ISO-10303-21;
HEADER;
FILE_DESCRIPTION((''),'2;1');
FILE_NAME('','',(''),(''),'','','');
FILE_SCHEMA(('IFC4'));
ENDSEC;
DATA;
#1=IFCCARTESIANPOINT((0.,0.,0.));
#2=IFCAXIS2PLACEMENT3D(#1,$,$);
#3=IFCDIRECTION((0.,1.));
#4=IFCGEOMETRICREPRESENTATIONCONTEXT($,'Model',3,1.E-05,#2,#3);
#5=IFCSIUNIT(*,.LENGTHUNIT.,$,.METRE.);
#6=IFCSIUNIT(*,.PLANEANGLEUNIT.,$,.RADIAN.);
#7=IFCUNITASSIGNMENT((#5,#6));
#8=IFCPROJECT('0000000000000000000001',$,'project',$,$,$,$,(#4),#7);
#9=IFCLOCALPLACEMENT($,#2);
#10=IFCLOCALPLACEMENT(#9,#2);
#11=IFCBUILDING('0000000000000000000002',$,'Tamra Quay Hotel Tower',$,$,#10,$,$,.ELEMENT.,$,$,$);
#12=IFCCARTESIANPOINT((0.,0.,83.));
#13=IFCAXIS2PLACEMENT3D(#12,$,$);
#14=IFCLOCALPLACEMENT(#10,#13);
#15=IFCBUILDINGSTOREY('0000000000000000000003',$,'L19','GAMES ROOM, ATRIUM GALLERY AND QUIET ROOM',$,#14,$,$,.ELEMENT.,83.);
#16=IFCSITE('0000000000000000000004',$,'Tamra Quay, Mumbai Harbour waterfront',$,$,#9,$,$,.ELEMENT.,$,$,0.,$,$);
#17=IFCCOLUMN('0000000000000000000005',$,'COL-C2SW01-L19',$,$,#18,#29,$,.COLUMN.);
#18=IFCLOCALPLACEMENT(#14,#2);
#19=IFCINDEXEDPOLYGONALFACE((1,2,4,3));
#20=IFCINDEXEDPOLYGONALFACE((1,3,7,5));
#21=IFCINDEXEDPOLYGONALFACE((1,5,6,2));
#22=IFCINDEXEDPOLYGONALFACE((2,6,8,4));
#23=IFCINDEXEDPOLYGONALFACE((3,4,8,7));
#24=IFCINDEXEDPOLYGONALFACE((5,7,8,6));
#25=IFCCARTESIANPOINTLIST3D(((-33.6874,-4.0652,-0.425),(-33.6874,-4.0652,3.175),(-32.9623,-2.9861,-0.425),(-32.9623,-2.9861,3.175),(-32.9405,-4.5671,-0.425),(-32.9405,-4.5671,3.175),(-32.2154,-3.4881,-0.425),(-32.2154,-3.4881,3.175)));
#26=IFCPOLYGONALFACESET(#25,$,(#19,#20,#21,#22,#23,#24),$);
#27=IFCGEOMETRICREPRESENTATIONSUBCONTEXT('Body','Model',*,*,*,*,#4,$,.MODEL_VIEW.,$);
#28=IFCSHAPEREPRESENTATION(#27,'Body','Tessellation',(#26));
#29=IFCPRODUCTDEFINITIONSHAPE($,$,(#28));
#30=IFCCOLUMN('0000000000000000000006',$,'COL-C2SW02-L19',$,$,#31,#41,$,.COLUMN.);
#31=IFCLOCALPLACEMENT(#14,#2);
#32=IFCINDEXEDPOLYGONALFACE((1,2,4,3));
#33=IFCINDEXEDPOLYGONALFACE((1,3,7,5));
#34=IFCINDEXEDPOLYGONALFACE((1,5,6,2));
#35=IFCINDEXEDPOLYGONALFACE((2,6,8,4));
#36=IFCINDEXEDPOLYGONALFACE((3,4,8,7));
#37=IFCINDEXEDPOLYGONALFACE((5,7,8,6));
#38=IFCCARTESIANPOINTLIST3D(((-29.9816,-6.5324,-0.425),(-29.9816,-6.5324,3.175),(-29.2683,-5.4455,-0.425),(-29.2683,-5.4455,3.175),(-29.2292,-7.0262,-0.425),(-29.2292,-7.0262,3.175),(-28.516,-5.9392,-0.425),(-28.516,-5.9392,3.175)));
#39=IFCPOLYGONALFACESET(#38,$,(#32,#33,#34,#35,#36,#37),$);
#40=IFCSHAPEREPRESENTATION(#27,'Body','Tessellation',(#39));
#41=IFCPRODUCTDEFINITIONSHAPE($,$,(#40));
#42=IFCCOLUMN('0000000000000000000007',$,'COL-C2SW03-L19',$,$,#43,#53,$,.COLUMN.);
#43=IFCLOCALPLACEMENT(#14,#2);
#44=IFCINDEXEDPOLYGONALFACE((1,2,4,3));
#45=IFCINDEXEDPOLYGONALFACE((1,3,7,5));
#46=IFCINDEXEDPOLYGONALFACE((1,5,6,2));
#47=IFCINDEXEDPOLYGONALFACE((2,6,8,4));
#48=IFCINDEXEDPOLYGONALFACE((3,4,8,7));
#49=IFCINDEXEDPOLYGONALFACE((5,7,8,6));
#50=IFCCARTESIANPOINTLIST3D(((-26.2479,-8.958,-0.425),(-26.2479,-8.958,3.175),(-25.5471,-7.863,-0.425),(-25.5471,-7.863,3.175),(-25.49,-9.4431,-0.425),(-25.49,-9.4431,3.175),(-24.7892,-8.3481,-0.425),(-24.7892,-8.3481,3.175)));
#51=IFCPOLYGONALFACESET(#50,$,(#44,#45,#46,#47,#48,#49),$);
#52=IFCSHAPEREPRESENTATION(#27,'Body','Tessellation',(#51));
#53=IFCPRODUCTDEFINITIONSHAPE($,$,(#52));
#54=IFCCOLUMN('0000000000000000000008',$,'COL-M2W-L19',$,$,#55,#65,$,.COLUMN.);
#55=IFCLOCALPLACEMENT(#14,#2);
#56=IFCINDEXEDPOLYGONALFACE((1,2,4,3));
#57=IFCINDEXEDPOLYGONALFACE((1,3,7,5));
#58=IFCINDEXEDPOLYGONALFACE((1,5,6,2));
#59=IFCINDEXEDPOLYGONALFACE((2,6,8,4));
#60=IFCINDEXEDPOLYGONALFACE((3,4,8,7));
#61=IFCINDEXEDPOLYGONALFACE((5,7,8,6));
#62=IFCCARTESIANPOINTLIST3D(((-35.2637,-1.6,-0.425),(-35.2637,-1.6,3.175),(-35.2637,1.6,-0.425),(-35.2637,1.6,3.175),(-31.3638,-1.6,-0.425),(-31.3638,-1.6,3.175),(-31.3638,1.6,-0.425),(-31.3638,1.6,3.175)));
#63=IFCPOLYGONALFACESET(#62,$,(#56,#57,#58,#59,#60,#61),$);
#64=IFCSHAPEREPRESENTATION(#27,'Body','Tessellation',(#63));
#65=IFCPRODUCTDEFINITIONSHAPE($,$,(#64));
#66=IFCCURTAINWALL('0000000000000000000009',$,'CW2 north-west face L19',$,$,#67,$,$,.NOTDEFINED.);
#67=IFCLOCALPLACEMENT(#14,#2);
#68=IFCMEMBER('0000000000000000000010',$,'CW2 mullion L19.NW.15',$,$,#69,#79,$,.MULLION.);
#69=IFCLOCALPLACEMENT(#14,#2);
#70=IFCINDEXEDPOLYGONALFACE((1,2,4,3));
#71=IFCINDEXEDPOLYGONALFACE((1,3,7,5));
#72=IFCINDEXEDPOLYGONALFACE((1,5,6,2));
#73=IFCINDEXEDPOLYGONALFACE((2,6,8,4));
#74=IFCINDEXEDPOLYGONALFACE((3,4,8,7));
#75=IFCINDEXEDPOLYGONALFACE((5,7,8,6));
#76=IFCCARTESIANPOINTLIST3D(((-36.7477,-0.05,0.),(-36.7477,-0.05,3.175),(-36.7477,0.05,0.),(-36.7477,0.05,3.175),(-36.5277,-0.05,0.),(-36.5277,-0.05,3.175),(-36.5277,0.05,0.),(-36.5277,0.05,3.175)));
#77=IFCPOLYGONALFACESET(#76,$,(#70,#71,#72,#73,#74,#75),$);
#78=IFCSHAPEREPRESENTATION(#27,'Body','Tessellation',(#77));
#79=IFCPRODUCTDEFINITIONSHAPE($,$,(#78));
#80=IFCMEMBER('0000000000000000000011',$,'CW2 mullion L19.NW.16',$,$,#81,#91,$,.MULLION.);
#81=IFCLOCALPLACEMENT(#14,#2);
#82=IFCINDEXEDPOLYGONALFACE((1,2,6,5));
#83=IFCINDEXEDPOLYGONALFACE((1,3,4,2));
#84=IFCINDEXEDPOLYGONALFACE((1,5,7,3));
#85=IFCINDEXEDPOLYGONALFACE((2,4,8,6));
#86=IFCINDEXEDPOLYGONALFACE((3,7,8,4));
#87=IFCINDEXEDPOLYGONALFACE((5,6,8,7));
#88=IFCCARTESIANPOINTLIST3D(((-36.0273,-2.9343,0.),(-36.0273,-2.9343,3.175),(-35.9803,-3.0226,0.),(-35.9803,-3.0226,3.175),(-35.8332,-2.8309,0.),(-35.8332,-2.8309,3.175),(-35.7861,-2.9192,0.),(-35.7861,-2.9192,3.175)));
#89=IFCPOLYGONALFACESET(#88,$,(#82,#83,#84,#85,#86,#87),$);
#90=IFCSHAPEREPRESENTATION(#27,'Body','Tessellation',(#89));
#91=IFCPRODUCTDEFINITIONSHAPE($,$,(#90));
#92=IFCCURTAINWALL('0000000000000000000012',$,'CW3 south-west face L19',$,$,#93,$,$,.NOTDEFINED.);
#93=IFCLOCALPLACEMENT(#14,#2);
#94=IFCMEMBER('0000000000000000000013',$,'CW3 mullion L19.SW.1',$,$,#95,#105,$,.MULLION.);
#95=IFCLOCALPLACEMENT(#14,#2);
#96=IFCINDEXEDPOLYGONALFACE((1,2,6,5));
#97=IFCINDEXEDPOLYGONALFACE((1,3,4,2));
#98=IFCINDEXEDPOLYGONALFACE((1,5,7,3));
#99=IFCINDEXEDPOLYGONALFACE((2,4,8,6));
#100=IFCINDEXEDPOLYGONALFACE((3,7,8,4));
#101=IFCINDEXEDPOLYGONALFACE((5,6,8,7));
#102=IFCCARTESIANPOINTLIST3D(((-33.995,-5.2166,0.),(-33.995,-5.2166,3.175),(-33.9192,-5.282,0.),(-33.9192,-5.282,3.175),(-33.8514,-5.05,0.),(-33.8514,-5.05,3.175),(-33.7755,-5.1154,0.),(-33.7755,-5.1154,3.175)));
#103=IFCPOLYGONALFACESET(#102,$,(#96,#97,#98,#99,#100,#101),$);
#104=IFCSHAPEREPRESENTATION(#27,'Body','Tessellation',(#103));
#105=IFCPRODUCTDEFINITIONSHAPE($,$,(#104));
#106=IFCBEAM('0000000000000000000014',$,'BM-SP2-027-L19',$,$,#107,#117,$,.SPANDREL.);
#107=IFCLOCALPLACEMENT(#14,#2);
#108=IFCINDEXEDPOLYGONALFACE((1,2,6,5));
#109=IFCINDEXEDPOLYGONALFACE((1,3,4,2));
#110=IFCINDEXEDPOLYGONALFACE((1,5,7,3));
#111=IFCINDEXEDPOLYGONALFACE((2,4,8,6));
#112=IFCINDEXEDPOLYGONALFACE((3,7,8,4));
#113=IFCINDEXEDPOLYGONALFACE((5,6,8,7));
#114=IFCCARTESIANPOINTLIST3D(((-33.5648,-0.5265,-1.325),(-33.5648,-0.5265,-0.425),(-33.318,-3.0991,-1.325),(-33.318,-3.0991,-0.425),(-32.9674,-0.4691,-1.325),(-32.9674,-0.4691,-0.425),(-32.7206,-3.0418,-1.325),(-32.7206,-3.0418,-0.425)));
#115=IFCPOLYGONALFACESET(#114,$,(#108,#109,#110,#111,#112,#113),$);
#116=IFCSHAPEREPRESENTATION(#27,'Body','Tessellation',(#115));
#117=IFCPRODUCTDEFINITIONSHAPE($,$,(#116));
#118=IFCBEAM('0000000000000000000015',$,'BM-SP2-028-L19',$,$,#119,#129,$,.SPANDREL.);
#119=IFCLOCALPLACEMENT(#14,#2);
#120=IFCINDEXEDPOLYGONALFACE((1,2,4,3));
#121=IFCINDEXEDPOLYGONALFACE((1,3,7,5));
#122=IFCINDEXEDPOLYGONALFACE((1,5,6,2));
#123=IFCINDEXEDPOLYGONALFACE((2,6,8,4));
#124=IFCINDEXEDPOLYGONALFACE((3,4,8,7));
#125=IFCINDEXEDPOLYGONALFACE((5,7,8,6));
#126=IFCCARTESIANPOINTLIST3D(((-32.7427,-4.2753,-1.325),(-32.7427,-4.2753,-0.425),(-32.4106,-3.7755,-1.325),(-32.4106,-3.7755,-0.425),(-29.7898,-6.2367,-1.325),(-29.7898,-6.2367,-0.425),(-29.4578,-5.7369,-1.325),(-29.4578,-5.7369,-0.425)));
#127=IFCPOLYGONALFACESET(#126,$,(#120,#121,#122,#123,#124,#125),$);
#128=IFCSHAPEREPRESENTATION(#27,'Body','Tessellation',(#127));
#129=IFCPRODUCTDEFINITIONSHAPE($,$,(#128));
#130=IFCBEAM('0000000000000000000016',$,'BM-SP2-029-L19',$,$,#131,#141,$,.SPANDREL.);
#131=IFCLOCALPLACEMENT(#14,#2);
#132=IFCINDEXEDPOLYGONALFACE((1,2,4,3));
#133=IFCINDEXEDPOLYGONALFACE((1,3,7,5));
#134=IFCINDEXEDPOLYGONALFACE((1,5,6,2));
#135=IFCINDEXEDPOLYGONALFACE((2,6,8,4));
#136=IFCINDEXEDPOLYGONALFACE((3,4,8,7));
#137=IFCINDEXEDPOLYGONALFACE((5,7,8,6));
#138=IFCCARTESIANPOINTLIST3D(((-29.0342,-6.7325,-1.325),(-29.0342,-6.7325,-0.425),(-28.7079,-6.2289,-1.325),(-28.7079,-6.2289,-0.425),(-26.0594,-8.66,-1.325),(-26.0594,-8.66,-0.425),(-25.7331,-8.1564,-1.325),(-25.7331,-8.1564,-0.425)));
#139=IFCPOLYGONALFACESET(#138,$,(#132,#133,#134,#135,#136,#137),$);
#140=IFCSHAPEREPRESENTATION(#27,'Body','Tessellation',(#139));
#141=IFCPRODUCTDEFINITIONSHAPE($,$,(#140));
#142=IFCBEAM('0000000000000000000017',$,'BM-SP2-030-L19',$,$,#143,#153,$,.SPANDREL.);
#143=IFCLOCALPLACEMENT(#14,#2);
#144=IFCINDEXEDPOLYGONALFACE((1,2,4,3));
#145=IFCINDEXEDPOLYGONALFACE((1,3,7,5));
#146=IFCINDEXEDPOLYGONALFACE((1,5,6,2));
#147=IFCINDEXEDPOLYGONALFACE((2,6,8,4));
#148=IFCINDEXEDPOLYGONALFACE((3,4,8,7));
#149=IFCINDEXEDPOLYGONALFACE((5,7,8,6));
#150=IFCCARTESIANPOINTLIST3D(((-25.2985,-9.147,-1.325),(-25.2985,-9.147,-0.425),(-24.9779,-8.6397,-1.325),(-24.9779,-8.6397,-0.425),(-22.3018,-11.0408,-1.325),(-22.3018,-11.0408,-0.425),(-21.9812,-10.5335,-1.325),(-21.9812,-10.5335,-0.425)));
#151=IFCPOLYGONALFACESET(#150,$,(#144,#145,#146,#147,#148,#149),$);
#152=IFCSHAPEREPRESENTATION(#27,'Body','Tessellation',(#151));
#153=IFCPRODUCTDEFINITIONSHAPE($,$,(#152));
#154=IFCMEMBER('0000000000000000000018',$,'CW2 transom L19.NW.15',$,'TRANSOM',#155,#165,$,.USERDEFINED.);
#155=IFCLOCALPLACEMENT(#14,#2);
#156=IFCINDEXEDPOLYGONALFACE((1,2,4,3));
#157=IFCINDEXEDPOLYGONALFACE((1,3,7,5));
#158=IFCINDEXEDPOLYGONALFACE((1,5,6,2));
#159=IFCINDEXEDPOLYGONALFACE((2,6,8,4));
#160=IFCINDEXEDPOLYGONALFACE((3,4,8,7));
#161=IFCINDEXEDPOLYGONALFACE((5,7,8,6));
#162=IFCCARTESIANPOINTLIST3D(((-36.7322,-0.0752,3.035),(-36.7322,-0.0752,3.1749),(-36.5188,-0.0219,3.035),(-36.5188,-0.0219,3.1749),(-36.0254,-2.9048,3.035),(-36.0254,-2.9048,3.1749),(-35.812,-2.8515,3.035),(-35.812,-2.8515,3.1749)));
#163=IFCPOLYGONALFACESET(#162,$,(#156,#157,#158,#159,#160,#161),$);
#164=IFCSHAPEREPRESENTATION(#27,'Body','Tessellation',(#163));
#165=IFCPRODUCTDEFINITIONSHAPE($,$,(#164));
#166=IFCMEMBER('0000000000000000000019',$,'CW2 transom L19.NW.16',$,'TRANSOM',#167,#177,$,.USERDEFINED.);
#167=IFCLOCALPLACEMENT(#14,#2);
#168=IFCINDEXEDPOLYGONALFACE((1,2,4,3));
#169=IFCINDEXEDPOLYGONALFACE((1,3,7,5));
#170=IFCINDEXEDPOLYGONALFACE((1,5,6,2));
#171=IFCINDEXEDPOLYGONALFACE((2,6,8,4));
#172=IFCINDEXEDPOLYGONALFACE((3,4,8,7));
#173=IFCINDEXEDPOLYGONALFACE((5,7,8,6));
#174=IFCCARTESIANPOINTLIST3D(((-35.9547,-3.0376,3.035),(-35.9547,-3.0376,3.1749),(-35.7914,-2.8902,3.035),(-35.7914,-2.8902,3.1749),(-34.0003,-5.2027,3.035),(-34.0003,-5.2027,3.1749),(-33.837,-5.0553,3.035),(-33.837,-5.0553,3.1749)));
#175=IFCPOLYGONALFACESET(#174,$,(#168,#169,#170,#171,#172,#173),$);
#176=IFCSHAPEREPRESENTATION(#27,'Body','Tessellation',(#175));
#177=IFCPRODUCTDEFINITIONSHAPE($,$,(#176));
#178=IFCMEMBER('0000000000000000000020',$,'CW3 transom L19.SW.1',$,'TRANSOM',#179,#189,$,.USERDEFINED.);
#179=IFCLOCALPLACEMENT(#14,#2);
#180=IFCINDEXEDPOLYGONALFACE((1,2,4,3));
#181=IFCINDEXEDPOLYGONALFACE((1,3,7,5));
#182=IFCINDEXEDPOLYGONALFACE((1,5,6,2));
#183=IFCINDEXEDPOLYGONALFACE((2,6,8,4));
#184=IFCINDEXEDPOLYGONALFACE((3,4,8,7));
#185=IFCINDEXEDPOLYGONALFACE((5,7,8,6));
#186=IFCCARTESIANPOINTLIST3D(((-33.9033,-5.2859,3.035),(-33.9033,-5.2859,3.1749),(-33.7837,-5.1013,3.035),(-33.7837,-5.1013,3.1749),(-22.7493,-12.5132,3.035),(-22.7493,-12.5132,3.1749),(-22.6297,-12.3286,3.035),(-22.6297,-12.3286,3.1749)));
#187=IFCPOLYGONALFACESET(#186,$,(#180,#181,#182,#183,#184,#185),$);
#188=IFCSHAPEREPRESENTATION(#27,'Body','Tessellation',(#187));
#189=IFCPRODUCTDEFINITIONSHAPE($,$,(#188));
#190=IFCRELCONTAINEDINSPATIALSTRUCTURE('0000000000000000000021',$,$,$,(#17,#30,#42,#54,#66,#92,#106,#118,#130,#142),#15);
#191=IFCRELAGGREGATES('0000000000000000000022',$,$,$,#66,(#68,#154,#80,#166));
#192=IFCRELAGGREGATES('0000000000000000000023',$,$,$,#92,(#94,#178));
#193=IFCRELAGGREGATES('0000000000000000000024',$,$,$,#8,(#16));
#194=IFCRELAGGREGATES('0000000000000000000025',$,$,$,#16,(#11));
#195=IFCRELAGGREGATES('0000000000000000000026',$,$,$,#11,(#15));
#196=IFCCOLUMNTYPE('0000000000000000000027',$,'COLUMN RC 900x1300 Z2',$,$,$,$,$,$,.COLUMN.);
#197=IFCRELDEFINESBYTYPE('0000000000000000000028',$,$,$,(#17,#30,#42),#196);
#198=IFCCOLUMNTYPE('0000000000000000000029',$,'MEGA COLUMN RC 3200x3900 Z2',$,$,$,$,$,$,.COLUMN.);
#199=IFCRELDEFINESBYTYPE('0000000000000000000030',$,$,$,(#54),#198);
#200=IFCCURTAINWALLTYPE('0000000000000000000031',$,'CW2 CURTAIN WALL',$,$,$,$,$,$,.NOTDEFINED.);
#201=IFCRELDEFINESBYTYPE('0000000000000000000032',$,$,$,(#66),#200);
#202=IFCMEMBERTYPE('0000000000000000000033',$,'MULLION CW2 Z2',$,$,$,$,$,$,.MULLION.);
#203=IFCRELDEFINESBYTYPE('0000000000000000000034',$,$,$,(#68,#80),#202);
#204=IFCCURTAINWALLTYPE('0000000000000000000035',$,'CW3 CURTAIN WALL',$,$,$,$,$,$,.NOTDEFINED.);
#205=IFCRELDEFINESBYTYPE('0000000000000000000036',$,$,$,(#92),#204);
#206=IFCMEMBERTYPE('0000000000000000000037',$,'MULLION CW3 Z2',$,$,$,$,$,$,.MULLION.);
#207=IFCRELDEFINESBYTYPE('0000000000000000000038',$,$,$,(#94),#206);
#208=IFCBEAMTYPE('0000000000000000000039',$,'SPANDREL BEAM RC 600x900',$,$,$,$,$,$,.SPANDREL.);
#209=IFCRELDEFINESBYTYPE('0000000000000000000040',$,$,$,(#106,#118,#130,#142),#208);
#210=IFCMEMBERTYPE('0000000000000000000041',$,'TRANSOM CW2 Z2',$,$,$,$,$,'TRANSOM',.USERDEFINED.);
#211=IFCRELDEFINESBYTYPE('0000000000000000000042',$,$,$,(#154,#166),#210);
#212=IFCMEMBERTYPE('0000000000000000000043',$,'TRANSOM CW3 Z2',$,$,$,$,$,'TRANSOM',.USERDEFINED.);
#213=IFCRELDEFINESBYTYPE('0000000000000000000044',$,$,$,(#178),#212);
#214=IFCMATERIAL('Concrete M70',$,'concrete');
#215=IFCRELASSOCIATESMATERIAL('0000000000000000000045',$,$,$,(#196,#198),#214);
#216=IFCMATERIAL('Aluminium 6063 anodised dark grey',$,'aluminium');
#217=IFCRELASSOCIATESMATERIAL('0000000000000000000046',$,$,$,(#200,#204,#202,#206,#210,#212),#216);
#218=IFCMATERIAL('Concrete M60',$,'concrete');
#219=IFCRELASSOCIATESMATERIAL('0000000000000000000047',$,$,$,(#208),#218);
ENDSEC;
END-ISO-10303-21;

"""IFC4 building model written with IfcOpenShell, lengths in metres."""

from ifc_helpers import new_model, si_unit, direction, frame, origin, origin_2d, place, context, subcontext, project, spatial, rectangle, extrude, material, material_profile, profile_set, type_object, element, aggregate, save


model = new_model("IFC4")

# Units and contexts
model_context = context("Model", 3, precision=1e-05, world=origin(), true_north=direction((0.0, 1.0)))
body_context = subcontext(model_context, "Body", "Model", "MODEL_VIEW")
ifc_project = project(units=[si_unit("LENGTHUNIT", "METRE"), si_unit("PLANEANGLEUNIT", "RADIAN")], contexts=[model_context])

# Site, building, storey
site_placement = place(None, origin())
site = spatial("IfcSite", under=ifc_project, at=site_placement, Name="Tamra Quay, Mumbai Harbour waterfront", CompositionType="ELEMENT", RefElevation=0.0)
building_placement = place(site_placement, origin())
building = spatial("IfcBuilding", under=site, at=building_placement, Name="Tamra Quay Hotel Tower", CompositionType="ELEMENT")
storey_placement = place(building_placement, frame((0.0, 0.0, 83.0)))
storey = spatial("IfcBuildingStorey", under=building, at=storey_placement, Name="L19", Description="GAMES ROOM, ATRIUM GALLERY AND QUIET ROOM", CompositionType="ELEMENT", Elevation=83.0)

# Columns
ifc_material_1 = material(Name="Concrete M70", Category="concrete")
ifc_material_profile_1 = material_profile(ifc_material_1, rectangle(XDim=1.3, YDim=0.8999, at=origin_2d()), Name="COLUMN RC 900x1300 Z2")
ifc_profile_set_1 = profile_set([ifc_material_profile_1], Name="Concrete M70")
column_type_1 = type_object("IfcColumnType", Name="COLUMN RC 900x1300 Z2", PredefinedType="COLUMN", material=ifc_profile_set_1)
for number, where, z_axis, x_axis, name in (
    (1, (-32.9514, -3.7766, -0.425), (0.0, 0.0, 1.0), (0.557767, 0.829998, 0.0), "COL-C2SW01-L19"),
    (2, (-29.2488, -6.2358, -0.425), (0.0, 0.0, 1.0), (0.548641, 0.836058, 0.0), "COL-C2SW02-L19"),
    (3, (-25.5186, -8.6531, -0.425), (0.0, 0.0, 1.0), (0.539065, 0.842264, 0.0), "COL-C2SW03-L19"),
):
    element("IfcColumn", number, at=place(storey_placement, frame(where, z_axis=z_axis, x_axis=x_axis)), inside=storey, type_object=column_type_1, Name=name, PredefinedType="COLUMN", context=body_context, shape_type="SweptSolid", body=[
        extrude(rectangle(XDim=1.3, YDim=0.8999, at=origin_2d()), origin(), (0.0, 0.0, 1.0), 3.6001),
    ])
ifc_material_profile_2 = material_profile(ifc_material_1, rectangle(XDim=3.8999, YDim=3.2, at=origin_2d()), Name="MEGA COLUMN RC 3200x3900 Z2")
ifc_profile_set_2 = profile_set([ifc_material_profile_2], Name="Concrete M70")
column_type_2 = type_object("IfcColumnType", Name="MEGA COLUMN RC 3200x3900 Z2", PredefinedType="COLUMN", material=ifc_profile_set_2)
column_placement = place(storey_placement, frame((-33.3137, 0.0, -0.425), z_axis=(0.0, 0.0, 1.0), x_axis=(1.0, 0.0, 0.0)))
element("IfcColumn", 4, at=column_placement, inside=storey, type_object=column_type_2, Name="COL-M2W-L19", PredefinedType="COLUMN", context=body_context, shape_type="SweptSolid", body=[
    extrude(rectangle(XDim=3.8999, YDim=3.2, at=origin_2d()), origin(), (0.0, 0.0, 1.0), 3.6001),
])

# Curtain wall, members
ifc_material_2 = material(Name="Aluminium 6063 anodised dark grey", Category="aluminium")
curtain_wall_type_1 = type_object("IfcCurtainWallType", Name="CW2 CURTAIN WALL", PredefinedType="NOTDEFINED", material=ifc_material_2)
curtain_wall_1_placement = place(storey_placement, origin())
curtain_wall_1 = element("IfcCurtainWall", 5, at=curtain_wall_1_placement, inside=storey, type_object=curtain_wall_type_1, Name="CW2 north-west face L19", PredefinedType="NOTDEFINED")
ifc_material_profile_3 = material_profile(ifc_material_2, rectangle(XDim=0.22, YDim=0.1001, at=origin_2d()), Name="MULLION 100X220")
ifc_profile_set_3 = profile_set([ifc_material_profile_3], Name="Aluminium 6063 anodised dark grey")
member_type_1 = type_object("IfcMemberType", Name="MULLION CW2 Z2", PredefinedType="MULLION", material=ifc_profile_set_3)
member_1_placement = place(storey_placement, frame((-36.6377, 0.0, 0.0), z_axis=(0.0, 0.0, 1.0), x_axis=(-1.0, 0.0, 0.0)))
member_1 = element("IfcMember", 6, at=member_1_placement, type_object=member_type_1, Name="CW2 mullion L19.NW.15", PredefinedType="MULLION", context=body_context, shape_type="SweptSolid", body=[
    extrude(rectangle(XDim=0.22, YDim=0.1001, at=origin_2d()), origin(), (0.0, 0.0, 1.0), 3.175),
])
member_2_placement = place(storey_placement, frame((-35.9067, -2.9268, 0.0), z_axis=(0.0, 0.0, 1.0), x_axis=(-0.882544, -0.47023, 0.0)))
member_2 = element("IfcMember", 7, at=member_2_placement, type_object=member_type_1, Name="CW2 mullion L19.NW.16", PredefinedType="MULLION", context=body_context, shape_type="SweptSolid", body=[
    extrude(rectangle(XDim=0.22, YDim=0.1001, at=origin_2d()), origin(), (0.0, 0.0, 1.0), 3.175),
])

# Curtain wall, member
curtain_wall_type_2 = type_object("IfcCurtainWallType", Name="CW3 CURTAIN WALL", PredefinedType="NOTDEFINED", material=ifc_material_2)
curtain_wall_2_placement = place(storey_placement, origin())
curtain_wall_2 = element("IfcCurtainWall", 8, at=curtain_wall_2_placement, inside=storey, type_object=curtain_wall_type_2, Name="CW3 south-west face L19", PredefinedType="NOTDEFINED")
ifc_material_profile_4 = material_profile(ifc_material_2, rectangle(XDim=0.22, YDim=0.1001, at=origin_2d()), Name="MULLION 100X220")
ifc_profile_set_4 = profile_set([ifc_material_profile_4], Name="Aluminium 6063 anodised dark grey")
member_type_2 = type_object("IfcMemberType", Name="MULLION CW3 Z2", PredefinedType="MULLION", material=ifc_profile_set_4)
member_3_placement = place(storey_placement, frame((-33.8853, -5.166, 0.0), z_axis=(0.0, 0.0, 1.0), x_axis=(-0.652887, -0.757455, 0.0)))
member_3 = element("IfcMember", 9, at=member_3_placement, type_object=member_type_2, Name="CW3 mullion L19.SW.1", PredefinedType="MULLION", context=body_context, shape_type="SweptSolid", body=[
    extrude(rectangle(XDim=0.22, YDim=0.1001, at=origin_2d()), origin(), (0.0, 0.0, 1.0), 3.175),
])

# Beams
ifc_material_3 = material(Name="Concrete M60", Category="concrete")
ifc_material_profile_5 = material_profile(ifc_material_3, rectangle(XDim=0.6001, YDim=0.8999, at=origin_2d()), Name="SPANDREL BEAM RC 600x900")
ifc_profile_set_5 = profile_set([ifc_material_profile_5], Name="Concrete M60")
beam_type = type_object("IfcBeamType", Name="SPANDREL BEAM RC 600x900", PredefinedType="SPANDREL", material=ifc_profile_set_5)
beam_1_placement = place(storey_placement, frame((-33.2661, -0.4978, -0.875), z_axis=(0.0955, -0.995429, 0.0), x_axis=(0.995429, 0.0955, 0.0)))
element("IfcBeam", 10, at=beam_1_placement, inside=storey, type_object=beam_type, Name="BM-SP2-027-L19", PredefinedType="SPANDREL", context=body_context, shape_type="SweptSolid", body=[
    extrude(rectangle(XDim=0.6001, YDim=0.8999, at=origin_2d()), origin(), (0.0, 0.0, 1.0), 2.5845),
])
beam_2_placement = place(storey_placement, frame((-32.5767, -4.0254, -0.875), z_axis=(0.832982, -0.553301, 0.0), x_axis=(0.553301, 0.832982, 0.0)))
element("IfcBeam", 11, at=beam_2_placement, inside=storey, type_object=beam_type, Name="BM-SP2-028-L19", PredefinedType="SPANDREL", context=body_context, shape_type="SweptSolid", body=[
    extrude(rectangle(XDim=0.6001, YDim=0.8999, at=origin_2d()), origin(), (0.0, 0.0, 1.0), 3.5449),
])
beam_3_placement = place(storey_placement, frame((-28.8711, -6.4807, -0.875), z_axis=(0.839237, -0.543765, 0.0), x_axis=(0.543765, 0.839237, 0.0)))
element("IfcBeam", 12, at=beam_3_placement, inside=storey, type_object=beam_type, Name="BM-SP2-029-L19", PredefinedType="SPANDREL", context=body_context, shape_type="SweptSolid", body=[
    extrude(rectangle(XDim=0.6001, YDim=0.8999, at=origin_2d()), origin(), (0.0, 0.0, 1.0), 3.5447),
])
beam_4_placement = place(storey_placement, frame((-25.1382, -8.8933, -0.875), z_axis=(0.845333, -0.534239, 0.0), x_axis=(0.534239, 0.845333, 0.0)))
element("IfcBeam", 13, at=beam_4_placement, inside=storey, type_object=beam_type, Name="BM-SP2-030-L19", PredefinedType="SPANDREL", context=body_context, shape_type="SweptSolid", body=[
    extrude(rectangle(XDim=0.6001, YDim=0.8999, at=origin_2d()), origin(), (0.0, 0.0, 1.0), 3.5449),
])

# Members
ifc_material_profile_6 = material_profile(ifc_material_2, rectangle(XDim=0.22, YDim=0.1399, at=origin_2d()), Name="TRANSOM 220X140")
ifc_profile_set_6 = profile_set([ifc_material_profile_6], Name="Aluminium 6063 anodised dark grey")
member_type_3 = type_object("IfcMemberType", Name="TRANSOM CW2 Z2", ElementType="TRANSOM", PredefinedType="USERDEFINED", material=ifc_profile_set_6)
member_4_placement = place(storey_placement, frame((-36.6255, -0.0486, 3.105), z_axis=(0.242339, -0.970192, 0.0), x_axis=(0.970192, 0.242339, 0.0)))
member_4 = element("IfcMember", 14, at=member_4_placement, type_object=member_type_3, Name="CW2 transom L19.NW.15", ObjectType="TRANSOM", PredefinedType="USERDEFINED", context=body_context, shape_type="SweptSolid", body=[
    extrude(rectangle(XDim=0.22, YDim=0.1399, at=origin_2d()), origin(), (0.0, 0.0, 1.0), 2.9165),
])
member_5_placement = place(storey_placement, frame((-35.873, -2.9639, 3.105), z_axis=(0.670065, -0.742303, 0.0), x_axis=(0.742303, 0.670065, 0.0)))
member_5 = element("IfcMember", 15, at=member_5_placement, type_object=member_type_3, Name="CW2 transom L19.NW.16", ObjectType="TRANSOM", PredefinedType="USERDEFINED", context=body_context, shape_type="SweptSolid", body=[
    extrude(rectangle(XDim=0.22, YDim=0.1399, at=origin_2d()), origin(), (0.0, 0.0, 1.0), 2.9167),
])
ifc_material_profile_7 = material_profile(ifc_material_2, rectangle(XDim=0.22, YDim=0.1399, at=origin_2d()), Name="TRANSOM 220X140")
ifc_profile_set_7 = profile_set([ifc_material_profile_7], Name="Aluminium 6063 anodised dark grey")
member_type_4 = type_object("IfcMemberType", Name="TRANSOM CW3 Z2", ElementType="TRANSOM", PredefinedType="USERDEFINED", material=ifc_profile_set_7)
member_6_placement = place(storey_placement, frame((-33.8435, -5.1936, 3.105), z_axis=(0.839228, -0.54378, 0.0), x_axis=(0.54378, 0.839228, 0.0)))
member_6 = element("IfcMember", 16, at=member_6_placement, type_object=member_type_4, Name="CW3 transom L19.SW.1", ObjectType="TRANSOM", PredefinedType="USERDEFINED", context=body_context, shape_type="SweptSolid", body=[
    extrude(rectangle(XDim=0.22, YDim=0.1399, at=origin_2d()), origin(), (0.0, 0.0, 1.0), 13.2908),
])

aggregate(curtain_wall_1, [member_1, member_4, member_2, member_5])
aggregate(curtain_wall_2, [member_3, member_6])

save(model, "model.ifc")
